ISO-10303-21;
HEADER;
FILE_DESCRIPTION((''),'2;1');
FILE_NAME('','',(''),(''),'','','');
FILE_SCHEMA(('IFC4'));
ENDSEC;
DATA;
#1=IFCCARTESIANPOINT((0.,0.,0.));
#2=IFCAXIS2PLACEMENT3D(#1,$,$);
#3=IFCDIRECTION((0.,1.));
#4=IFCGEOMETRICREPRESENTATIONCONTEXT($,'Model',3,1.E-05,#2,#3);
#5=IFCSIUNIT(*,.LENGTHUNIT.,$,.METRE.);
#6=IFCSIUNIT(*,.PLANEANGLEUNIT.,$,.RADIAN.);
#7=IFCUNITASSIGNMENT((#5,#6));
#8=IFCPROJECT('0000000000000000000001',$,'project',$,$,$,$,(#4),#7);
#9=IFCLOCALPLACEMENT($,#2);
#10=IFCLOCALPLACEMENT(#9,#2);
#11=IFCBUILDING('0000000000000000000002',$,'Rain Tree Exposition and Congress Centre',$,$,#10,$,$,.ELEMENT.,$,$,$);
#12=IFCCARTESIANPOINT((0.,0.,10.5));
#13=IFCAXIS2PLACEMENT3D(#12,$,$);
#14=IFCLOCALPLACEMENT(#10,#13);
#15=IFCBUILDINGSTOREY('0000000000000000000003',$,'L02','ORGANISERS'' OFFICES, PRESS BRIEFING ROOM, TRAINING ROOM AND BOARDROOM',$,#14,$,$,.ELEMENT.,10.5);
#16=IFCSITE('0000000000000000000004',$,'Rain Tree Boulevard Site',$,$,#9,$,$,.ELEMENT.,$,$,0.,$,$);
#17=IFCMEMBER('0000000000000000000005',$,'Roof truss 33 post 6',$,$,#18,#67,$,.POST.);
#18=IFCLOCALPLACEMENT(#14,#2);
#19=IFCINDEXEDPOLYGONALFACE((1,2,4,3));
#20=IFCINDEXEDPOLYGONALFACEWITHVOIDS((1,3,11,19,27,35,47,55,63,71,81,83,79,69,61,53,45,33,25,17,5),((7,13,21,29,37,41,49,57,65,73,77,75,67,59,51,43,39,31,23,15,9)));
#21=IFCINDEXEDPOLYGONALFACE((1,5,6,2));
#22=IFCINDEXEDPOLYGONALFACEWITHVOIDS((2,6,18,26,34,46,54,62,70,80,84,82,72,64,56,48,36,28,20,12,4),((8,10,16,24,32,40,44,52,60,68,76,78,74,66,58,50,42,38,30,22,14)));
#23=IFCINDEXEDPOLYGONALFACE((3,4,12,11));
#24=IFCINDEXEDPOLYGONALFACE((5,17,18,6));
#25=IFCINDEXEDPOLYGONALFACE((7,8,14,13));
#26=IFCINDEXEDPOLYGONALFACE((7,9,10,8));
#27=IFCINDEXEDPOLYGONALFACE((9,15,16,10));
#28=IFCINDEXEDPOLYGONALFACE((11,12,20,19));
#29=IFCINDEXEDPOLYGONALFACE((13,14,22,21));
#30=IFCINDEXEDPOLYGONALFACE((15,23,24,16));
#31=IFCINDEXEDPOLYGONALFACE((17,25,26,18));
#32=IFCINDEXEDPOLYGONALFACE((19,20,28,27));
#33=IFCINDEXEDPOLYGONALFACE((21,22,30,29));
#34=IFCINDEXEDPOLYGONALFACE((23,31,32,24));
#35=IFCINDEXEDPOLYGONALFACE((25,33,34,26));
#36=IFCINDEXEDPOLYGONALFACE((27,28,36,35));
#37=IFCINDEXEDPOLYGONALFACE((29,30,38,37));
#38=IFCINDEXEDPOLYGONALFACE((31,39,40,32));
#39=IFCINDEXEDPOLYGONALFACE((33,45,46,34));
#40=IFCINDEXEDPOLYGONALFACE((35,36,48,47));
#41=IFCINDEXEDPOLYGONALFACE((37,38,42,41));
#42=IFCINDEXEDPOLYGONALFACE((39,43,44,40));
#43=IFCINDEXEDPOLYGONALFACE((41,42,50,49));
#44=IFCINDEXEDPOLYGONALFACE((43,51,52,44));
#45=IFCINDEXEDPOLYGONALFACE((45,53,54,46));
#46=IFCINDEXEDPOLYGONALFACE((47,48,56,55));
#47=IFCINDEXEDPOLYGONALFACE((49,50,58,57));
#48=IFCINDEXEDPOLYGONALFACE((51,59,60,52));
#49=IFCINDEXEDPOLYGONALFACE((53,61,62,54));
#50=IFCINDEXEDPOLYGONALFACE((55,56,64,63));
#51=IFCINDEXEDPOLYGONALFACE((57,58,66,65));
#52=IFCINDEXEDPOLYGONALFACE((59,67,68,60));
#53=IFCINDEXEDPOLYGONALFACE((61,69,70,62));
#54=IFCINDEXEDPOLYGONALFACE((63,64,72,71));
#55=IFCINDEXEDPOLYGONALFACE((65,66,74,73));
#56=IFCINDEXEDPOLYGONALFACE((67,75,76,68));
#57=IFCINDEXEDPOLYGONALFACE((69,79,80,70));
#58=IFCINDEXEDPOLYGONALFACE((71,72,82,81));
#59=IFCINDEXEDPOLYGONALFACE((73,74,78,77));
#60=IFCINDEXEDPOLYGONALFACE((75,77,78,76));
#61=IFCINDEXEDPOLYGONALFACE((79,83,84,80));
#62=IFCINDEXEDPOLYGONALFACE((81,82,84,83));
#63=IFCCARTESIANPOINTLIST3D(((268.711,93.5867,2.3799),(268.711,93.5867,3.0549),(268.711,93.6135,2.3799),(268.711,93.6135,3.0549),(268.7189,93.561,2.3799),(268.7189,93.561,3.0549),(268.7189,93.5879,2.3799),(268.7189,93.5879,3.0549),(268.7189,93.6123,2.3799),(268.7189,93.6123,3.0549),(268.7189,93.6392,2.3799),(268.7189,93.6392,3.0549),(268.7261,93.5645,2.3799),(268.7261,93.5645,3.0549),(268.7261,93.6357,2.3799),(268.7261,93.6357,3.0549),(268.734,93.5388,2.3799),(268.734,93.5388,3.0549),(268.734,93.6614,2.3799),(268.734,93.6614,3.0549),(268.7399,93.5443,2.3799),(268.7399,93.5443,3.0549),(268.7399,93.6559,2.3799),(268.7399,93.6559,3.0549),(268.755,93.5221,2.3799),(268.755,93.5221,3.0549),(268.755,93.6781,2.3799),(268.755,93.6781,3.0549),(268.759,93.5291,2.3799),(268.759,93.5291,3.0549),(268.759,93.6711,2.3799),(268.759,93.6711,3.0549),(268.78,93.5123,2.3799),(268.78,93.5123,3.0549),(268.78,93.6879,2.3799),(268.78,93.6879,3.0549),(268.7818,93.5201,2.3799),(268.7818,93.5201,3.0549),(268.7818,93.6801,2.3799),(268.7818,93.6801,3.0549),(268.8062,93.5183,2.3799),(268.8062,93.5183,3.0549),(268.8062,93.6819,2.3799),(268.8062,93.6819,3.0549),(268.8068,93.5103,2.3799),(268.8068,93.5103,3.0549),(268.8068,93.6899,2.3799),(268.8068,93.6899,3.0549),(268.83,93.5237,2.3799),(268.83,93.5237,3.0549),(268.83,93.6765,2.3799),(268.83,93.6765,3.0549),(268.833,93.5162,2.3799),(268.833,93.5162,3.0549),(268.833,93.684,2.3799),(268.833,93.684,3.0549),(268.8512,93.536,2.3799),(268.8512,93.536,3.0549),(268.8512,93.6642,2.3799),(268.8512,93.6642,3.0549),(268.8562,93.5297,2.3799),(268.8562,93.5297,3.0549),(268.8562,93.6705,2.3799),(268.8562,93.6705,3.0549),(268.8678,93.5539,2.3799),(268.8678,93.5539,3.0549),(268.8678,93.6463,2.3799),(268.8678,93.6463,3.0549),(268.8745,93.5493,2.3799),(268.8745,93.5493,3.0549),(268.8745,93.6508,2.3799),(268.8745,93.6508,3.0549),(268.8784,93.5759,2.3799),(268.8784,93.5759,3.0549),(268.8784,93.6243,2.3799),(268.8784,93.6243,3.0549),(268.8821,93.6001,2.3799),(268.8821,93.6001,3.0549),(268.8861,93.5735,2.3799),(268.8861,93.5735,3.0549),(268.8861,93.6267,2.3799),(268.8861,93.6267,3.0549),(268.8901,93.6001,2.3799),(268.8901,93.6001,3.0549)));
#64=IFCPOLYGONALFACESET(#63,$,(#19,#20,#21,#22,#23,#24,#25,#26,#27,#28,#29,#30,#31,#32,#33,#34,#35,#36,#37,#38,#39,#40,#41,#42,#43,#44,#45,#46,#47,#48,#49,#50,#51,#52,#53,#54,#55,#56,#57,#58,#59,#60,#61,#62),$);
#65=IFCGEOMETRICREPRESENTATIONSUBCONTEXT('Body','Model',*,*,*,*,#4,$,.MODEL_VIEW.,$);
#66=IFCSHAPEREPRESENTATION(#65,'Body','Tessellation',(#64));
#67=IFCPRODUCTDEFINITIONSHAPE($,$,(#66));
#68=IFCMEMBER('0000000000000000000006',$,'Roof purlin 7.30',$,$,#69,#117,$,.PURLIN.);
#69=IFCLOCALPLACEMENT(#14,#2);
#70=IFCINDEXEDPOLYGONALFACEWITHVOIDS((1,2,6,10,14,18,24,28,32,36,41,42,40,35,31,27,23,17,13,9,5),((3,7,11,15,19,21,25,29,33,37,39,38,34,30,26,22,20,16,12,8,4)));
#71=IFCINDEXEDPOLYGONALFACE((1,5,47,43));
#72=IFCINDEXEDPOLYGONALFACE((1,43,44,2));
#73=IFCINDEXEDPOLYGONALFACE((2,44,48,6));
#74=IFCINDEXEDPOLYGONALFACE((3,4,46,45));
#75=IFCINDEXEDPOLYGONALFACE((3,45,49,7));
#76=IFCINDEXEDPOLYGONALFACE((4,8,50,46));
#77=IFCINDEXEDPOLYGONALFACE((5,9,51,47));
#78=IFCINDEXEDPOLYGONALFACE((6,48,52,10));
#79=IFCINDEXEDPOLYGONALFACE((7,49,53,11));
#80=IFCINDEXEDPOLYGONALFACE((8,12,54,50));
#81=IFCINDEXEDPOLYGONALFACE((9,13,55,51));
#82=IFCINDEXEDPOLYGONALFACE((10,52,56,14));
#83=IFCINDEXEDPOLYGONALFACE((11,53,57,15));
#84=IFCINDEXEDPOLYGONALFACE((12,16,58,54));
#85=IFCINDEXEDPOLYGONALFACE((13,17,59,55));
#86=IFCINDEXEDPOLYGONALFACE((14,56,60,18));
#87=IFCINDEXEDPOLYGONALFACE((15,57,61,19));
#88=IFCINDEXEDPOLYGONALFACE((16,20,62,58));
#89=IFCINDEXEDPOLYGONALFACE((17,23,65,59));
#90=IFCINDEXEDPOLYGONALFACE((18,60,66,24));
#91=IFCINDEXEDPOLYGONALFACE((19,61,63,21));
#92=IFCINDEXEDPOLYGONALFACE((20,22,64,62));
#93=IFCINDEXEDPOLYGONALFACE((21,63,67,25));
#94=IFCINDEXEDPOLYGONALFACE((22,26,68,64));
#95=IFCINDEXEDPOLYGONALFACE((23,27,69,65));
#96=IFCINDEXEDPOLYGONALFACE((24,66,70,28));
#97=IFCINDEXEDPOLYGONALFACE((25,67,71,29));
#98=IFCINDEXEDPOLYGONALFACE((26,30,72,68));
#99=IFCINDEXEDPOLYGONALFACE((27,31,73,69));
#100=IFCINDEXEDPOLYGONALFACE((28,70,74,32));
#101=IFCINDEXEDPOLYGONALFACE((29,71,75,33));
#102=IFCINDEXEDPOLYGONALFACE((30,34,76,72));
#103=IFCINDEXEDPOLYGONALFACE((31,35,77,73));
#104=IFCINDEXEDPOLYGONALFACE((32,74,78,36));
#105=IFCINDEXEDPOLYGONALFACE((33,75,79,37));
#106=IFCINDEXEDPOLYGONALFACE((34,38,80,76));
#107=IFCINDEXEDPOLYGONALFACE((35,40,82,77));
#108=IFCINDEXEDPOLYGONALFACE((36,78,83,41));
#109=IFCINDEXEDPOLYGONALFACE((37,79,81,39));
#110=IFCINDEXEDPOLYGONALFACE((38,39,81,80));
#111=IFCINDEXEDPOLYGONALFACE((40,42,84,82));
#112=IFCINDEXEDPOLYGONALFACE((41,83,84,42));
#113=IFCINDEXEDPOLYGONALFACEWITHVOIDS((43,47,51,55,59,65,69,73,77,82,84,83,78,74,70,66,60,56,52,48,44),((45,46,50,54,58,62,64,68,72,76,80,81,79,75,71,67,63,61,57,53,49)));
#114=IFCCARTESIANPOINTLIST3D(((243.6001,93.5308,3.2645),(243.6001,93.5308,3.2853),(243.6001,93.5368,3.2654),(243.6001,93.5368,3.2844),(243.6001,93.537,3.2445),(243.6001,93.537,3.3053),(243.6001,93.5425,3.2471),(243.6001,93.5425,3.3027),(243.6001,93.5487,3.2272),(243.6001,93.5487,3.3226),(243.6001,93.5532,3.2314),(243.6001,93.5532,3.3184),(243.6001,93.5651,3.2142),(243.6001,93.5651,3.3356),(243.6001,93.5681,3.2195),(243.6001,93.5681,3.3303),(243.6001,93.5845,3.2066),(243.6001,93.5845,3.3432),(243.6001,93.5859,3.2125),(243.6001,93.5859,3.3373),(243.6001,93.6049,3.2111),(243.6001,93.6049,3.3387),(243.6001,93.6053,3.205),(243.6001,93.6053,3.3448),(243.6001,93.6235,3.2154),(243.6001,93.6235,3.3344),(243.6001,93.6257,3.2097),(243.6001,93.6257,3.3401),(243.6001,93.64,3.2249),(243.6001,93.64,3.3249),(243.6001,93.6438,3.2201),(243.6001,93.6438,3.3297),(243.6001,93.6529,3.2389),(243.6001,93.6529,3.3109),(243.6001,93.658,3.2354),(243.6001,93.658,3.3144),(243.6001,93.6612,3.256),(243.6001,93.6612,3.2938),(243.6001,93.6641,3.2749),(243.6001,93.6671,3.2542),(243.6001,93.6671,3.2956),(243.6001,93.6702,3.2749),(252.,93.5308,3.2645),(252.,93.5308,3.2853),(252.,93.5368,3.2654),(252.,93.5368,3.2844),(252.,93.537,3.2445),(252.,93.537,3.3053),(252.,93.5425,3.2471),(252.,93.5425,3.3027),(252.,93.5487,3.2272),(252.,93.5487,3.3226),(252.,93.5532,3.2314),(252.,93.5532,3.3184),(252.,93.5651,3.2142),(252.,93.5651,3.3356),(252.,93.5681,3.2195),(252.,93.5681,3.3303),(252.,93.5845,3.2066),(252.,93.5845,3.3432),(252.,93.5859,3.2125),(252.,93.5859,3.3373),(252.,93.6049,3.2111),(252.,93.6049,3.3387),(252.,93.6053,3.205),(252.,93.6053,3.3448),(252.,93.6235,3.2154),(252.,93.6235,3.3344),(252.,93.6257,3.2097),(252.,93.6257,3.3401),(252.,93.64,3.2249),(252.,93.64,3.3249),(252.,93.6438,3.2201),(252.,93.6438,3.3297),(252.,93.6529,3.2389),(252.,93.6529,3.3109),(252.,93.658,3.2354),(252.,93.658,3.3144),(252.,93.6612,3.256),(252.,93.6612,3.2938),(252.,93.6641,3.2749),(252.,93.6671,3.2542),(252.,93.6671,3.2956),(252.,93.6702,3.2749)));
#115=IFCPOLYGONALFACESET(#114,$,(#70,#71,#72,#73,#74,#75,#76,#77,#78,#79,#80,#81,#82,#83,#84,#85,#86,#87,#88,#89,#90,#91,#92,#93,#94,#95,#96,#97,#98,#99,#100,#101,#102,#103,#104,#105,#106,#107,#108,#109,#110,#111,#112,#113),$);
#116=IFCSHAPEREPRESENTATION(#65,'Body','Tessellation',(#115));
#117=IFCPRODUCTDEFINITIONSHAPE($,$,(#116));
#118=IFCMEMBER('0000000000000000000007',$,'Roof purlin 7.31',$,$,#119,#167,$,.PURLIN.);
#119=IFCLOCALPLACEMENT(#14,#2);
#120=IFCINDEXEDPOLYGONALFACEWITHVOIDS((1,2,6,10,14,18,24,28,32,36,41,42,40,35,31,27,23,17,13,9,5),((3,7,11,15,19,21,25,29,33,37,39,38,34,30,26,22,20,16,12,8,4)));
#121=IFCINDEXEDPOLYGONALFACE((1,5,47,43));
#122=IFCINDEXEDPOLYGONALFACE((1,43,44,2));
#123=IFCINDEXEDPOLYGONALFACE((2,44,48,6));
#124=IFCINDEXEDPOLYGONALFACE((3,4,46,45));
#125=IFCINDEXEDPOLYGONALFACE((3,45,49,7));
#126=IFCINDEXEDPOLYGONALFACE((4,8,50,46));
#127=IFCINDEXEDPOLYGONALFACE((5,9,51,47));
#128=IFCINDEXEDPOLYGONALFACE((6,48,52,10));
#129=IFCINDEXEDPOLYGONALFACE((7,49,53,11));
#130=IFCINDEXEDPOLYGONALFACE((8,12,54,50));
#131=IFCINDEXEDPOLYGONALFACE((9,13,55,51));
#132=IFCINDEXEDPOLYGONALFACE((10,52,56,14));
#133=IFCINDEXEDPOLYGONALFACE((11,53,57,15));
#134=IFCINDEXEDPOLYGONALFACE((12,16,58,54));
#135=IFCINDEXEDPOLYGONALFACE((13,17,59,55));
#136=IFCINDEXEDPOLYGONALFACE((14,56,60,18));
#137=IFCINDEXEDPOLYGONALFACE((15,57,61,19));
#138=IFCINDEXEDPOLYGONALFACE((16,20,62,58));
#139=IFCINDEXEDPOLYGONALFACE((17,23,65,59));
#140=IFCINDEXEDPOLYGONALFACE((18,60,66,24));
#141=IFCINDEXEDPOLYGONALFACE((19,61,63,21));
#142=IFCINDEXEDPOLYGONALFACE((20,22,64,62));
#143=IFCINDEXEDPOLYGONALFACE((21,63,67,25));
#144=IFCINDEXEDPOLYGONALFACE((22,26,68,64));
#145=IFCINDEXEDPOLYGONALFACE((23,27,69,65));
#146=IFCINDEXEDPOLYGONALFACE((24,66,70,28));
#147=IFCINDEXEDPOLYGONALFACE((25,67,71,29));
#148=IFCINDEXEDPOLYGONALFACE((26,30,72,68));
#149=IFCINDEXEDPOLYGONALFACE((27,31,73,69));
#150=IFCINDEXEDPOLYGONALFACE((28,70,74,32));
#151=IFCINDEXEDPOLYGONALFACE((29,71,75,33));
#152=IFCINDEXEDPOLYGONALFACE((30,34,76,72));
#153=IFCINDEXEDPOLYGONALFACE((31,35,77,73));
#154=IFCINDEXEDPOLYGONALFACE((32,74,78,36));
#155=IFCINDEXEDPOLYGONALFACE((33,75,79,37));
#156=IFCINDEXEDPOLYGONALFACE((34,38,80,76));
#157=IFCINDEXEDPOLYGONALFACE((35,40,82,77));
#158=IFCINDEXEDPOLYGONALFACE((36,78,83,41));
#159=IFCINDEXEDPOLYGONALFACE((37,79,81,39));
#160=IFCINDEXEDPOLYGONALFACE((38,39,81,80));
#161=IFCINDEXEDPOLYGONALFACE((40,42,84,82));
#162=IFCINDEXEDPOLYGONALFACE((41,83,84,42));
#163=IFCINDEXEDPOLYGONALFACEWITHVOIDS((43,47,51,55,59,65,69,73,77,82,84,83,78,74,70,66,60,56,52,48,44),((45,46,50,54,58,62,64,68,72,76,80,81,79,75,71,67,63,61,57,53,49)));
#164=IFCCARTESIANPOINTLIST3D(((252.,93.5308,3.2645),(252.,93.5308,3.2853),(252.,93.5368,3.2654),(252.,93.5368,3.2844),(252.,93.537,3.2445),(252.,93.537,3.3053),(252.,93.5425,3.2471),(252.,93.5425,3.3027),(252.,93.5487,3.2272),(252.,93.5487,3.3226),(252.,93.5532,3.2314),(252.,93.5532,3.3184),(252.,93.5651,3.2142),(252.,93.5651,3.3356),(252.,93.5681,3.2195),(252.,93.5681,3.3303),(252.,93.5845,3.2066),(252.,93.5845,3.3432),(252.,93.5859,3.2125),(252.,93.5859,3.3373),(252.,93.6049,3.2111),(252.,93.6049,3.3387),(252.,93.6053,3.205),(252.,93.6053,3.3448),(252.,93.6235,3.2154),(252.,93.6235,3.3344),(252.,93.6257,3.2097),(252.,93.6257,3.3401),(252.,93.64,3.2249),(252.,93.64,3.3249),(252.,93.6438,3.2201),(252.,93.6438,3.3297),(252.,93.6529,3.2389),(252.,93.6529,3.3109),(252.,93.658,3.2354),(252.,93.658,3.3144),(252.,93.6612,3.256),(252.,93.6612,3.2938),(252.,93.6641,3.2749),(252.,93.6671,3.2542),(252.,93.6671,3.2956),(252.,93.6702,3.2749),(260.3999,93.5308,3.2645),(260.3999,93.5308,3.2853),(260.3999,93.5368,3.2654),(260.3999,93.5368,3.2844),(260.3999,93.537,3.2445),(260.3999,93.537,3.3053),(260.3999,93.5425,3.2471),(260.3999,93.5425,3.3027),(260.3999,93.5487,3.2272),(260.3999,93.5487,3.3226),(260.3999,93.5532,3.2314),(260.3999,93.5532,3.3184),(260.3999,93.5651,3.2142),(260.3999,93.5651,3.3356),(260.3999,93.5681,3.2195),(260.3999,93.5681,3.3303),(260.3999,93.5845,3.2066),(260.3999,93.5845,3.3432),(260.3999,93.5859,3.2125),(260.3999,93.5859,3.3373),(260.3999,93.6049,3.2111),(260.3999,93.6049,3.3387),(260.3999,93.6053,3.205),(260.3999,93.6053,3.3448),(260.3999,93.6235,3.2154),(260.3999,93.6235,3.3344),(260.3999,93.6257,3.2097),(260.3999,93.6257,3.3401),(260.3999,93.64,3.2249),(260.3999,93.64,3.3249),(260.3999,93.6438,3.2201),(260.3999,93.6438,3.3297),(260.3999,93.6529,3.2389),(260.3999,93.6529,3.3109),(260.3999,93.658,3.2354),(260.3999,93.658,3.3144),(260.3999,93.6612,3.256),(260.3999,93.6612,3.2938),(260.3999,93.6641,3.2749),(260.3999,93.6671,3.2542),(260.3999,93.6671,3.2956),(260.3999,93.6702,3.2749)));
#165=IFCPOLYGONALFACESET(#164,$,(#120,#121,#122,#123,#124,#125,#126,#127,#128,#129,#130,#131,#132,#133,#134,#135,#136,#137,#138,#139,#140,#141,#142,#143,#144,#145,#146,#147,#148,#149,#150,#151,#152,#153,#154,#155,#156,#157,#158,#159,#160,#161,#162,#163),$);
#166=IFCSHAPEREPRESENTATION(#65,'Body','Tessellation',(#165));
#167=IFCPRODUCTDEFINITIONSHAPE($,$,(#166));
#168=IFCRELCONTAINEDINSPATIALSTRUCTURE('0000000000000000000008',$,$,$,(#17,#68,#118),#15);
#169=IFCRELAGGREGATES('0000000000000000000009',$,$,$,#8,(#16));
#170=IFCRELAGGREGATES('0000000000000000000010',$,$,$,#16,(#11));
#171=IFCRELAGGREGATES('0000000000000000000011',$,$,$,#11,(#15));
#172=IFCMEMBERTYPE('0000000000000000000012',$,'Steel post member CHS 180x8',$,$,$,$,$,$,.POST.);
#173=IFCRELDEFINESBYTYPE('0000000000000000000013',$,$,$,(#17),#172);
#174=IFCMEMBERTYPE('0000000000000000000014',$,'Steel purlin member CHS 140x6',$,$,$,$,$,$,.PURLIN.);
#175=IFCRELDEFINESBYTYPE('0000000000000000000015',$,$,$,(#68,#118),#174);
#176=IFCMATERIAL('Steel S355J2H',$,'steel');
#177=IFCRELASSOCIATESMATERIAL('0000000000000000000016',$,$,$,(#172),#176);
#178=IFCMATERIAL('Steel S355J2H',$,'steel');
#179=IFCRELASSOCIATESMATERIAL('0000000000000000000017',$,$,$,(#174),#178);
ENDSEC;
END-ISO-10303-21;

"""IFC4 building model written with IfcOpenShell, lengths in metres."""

from ifc_helpers import new_model, si_unit, direction, frame, origin, origin_2d, place, context, subcontext, project, spatial, hollow_circle, extrude, material, material_profile, profile_set, type_object, element, save


model = new_model("IFC4")

# Units and contexts
model_context = context("Model", 3, precision=1e-05, world=origin(), true_north=direction((0.0, 1.0)))
body_context = subcontext(model_context, "Body", "Model", "MODEL_VIEW")
ifc_project = project(units=[si_unit("LENGTHUNIT", "METRE"), si_unit("PLANEANGLEUNIT", "RADIAN")], contexts=[model_context])

# Site, building, storey
site_placement = place(None, origin())
site = spatial("IfcSite", under=ifc_project, at=site_placement, Name="Rain Tree Boulevard Site", CompositionType="ELEMENT", RefElevation=0.0)
building_placement = place(site_placement, origin())
building = spatial("IfcBuilding", under=site, at=building_placement, Name="Rain Tree Exposition and Congress Centre", CompositionType="ELEMENT")
storey_placement = place(building_placement, frame((0.0, 0.0, 10.5)))
storey = spatial("IfcBuildingStorey", under=building, at=storey_placement, Name="L02", Description="ORGANISERS' OFFICES, PRESS BRIEFING ROOM, TRAINING ROOM AND BOARDROOM", CompositionType="ELEMENT", Elevation=10.5)

# Members
ifc_material_1 = material(Name="Steel S355J2H", Category="steel")
ifc_material_profile_1 = material_profile(ifc_material_1, hollow_circle(Radius=0.0901, WallThickness=0.0081, at=origin_2d()), Name="CHS 180x8")
ifc_profile_set_1 = profile_set([ifc_material_profile_1], Name="Steel S355J2H")
member_type_1 = type_object("IfcMemberType", Name="Steel post member CHS 180x8", PredefinedType="POST", material=ifc_profile_set_1)
for number, where, z_axis, x_axis, name in (
    (1, (268.8, 93.6001, 2.3799), (0.0, 0.0, 1.0), (1.0, 0.0, 0.0), "Roof truss 33 post 6"),
):
    element("IfcMember", number, at=place(storey_placement, frame(where, z_axis=z_axis, x_axis=x_axis)), inside=storey, type_object=member_type_1, Name=name, PredefinedType="POST", context=body_context, shape_type="SweptSolid", body=[
        extrude(hollow_circle(Radius=0.0901, WallThickness=0.0081, at=origin_2d()), origin(), (0.0, 0.0, 1.0), 0.675),
    ])
ifc_material_2 = material(Name="Steel S355J2H", Category="steel")
ifc_material_profile_2 = material_profile(ifc_material_2, hollow_circle(Radius=0.0701, WallThickness=0.0061, at=origin_2d()), Name="CHS 140x6")
ifc_profile_set_2 = profile_set([ifc_material_profile_2], Name="Steel S355J2H")
member_type_2 = type_object("IfcMemberType", Name="Steel purlin member CHS 140x6", PredefinedType="PURLIN", material=ifc_profile_set_2)
for number, where, z_axis, x_axis, name in (
    (2, (243.6001, 93.6001, 3.2749), (1.0, 0.0, 0.0), (0.0, 1.0, 0.0), "Roof purlin 7.30"),
    (3, (252.0, 93.6001, 3.2749), (1.0, 0.0, 0.0), (0.0, 1.0, 0.0), "Roof purlin 7.31"),
):
    element("IfcMember", number, at=place(storey_placement, frame(where, z_axis=z_axis, x_axis=x_axis)), inside=storey, type_object=member_type_2, Name=name, PredefinedType="PURLIN", context=body_context, shape_type="SweptSolid", body=[
        extrude(hollow_circle(Radius=0.0701, WallThickness=0.0061, at=origin_2d()), origin(), (0.0, 0.0, 1.0), 8.3999),
    ])

save(model, "model.ifc")
